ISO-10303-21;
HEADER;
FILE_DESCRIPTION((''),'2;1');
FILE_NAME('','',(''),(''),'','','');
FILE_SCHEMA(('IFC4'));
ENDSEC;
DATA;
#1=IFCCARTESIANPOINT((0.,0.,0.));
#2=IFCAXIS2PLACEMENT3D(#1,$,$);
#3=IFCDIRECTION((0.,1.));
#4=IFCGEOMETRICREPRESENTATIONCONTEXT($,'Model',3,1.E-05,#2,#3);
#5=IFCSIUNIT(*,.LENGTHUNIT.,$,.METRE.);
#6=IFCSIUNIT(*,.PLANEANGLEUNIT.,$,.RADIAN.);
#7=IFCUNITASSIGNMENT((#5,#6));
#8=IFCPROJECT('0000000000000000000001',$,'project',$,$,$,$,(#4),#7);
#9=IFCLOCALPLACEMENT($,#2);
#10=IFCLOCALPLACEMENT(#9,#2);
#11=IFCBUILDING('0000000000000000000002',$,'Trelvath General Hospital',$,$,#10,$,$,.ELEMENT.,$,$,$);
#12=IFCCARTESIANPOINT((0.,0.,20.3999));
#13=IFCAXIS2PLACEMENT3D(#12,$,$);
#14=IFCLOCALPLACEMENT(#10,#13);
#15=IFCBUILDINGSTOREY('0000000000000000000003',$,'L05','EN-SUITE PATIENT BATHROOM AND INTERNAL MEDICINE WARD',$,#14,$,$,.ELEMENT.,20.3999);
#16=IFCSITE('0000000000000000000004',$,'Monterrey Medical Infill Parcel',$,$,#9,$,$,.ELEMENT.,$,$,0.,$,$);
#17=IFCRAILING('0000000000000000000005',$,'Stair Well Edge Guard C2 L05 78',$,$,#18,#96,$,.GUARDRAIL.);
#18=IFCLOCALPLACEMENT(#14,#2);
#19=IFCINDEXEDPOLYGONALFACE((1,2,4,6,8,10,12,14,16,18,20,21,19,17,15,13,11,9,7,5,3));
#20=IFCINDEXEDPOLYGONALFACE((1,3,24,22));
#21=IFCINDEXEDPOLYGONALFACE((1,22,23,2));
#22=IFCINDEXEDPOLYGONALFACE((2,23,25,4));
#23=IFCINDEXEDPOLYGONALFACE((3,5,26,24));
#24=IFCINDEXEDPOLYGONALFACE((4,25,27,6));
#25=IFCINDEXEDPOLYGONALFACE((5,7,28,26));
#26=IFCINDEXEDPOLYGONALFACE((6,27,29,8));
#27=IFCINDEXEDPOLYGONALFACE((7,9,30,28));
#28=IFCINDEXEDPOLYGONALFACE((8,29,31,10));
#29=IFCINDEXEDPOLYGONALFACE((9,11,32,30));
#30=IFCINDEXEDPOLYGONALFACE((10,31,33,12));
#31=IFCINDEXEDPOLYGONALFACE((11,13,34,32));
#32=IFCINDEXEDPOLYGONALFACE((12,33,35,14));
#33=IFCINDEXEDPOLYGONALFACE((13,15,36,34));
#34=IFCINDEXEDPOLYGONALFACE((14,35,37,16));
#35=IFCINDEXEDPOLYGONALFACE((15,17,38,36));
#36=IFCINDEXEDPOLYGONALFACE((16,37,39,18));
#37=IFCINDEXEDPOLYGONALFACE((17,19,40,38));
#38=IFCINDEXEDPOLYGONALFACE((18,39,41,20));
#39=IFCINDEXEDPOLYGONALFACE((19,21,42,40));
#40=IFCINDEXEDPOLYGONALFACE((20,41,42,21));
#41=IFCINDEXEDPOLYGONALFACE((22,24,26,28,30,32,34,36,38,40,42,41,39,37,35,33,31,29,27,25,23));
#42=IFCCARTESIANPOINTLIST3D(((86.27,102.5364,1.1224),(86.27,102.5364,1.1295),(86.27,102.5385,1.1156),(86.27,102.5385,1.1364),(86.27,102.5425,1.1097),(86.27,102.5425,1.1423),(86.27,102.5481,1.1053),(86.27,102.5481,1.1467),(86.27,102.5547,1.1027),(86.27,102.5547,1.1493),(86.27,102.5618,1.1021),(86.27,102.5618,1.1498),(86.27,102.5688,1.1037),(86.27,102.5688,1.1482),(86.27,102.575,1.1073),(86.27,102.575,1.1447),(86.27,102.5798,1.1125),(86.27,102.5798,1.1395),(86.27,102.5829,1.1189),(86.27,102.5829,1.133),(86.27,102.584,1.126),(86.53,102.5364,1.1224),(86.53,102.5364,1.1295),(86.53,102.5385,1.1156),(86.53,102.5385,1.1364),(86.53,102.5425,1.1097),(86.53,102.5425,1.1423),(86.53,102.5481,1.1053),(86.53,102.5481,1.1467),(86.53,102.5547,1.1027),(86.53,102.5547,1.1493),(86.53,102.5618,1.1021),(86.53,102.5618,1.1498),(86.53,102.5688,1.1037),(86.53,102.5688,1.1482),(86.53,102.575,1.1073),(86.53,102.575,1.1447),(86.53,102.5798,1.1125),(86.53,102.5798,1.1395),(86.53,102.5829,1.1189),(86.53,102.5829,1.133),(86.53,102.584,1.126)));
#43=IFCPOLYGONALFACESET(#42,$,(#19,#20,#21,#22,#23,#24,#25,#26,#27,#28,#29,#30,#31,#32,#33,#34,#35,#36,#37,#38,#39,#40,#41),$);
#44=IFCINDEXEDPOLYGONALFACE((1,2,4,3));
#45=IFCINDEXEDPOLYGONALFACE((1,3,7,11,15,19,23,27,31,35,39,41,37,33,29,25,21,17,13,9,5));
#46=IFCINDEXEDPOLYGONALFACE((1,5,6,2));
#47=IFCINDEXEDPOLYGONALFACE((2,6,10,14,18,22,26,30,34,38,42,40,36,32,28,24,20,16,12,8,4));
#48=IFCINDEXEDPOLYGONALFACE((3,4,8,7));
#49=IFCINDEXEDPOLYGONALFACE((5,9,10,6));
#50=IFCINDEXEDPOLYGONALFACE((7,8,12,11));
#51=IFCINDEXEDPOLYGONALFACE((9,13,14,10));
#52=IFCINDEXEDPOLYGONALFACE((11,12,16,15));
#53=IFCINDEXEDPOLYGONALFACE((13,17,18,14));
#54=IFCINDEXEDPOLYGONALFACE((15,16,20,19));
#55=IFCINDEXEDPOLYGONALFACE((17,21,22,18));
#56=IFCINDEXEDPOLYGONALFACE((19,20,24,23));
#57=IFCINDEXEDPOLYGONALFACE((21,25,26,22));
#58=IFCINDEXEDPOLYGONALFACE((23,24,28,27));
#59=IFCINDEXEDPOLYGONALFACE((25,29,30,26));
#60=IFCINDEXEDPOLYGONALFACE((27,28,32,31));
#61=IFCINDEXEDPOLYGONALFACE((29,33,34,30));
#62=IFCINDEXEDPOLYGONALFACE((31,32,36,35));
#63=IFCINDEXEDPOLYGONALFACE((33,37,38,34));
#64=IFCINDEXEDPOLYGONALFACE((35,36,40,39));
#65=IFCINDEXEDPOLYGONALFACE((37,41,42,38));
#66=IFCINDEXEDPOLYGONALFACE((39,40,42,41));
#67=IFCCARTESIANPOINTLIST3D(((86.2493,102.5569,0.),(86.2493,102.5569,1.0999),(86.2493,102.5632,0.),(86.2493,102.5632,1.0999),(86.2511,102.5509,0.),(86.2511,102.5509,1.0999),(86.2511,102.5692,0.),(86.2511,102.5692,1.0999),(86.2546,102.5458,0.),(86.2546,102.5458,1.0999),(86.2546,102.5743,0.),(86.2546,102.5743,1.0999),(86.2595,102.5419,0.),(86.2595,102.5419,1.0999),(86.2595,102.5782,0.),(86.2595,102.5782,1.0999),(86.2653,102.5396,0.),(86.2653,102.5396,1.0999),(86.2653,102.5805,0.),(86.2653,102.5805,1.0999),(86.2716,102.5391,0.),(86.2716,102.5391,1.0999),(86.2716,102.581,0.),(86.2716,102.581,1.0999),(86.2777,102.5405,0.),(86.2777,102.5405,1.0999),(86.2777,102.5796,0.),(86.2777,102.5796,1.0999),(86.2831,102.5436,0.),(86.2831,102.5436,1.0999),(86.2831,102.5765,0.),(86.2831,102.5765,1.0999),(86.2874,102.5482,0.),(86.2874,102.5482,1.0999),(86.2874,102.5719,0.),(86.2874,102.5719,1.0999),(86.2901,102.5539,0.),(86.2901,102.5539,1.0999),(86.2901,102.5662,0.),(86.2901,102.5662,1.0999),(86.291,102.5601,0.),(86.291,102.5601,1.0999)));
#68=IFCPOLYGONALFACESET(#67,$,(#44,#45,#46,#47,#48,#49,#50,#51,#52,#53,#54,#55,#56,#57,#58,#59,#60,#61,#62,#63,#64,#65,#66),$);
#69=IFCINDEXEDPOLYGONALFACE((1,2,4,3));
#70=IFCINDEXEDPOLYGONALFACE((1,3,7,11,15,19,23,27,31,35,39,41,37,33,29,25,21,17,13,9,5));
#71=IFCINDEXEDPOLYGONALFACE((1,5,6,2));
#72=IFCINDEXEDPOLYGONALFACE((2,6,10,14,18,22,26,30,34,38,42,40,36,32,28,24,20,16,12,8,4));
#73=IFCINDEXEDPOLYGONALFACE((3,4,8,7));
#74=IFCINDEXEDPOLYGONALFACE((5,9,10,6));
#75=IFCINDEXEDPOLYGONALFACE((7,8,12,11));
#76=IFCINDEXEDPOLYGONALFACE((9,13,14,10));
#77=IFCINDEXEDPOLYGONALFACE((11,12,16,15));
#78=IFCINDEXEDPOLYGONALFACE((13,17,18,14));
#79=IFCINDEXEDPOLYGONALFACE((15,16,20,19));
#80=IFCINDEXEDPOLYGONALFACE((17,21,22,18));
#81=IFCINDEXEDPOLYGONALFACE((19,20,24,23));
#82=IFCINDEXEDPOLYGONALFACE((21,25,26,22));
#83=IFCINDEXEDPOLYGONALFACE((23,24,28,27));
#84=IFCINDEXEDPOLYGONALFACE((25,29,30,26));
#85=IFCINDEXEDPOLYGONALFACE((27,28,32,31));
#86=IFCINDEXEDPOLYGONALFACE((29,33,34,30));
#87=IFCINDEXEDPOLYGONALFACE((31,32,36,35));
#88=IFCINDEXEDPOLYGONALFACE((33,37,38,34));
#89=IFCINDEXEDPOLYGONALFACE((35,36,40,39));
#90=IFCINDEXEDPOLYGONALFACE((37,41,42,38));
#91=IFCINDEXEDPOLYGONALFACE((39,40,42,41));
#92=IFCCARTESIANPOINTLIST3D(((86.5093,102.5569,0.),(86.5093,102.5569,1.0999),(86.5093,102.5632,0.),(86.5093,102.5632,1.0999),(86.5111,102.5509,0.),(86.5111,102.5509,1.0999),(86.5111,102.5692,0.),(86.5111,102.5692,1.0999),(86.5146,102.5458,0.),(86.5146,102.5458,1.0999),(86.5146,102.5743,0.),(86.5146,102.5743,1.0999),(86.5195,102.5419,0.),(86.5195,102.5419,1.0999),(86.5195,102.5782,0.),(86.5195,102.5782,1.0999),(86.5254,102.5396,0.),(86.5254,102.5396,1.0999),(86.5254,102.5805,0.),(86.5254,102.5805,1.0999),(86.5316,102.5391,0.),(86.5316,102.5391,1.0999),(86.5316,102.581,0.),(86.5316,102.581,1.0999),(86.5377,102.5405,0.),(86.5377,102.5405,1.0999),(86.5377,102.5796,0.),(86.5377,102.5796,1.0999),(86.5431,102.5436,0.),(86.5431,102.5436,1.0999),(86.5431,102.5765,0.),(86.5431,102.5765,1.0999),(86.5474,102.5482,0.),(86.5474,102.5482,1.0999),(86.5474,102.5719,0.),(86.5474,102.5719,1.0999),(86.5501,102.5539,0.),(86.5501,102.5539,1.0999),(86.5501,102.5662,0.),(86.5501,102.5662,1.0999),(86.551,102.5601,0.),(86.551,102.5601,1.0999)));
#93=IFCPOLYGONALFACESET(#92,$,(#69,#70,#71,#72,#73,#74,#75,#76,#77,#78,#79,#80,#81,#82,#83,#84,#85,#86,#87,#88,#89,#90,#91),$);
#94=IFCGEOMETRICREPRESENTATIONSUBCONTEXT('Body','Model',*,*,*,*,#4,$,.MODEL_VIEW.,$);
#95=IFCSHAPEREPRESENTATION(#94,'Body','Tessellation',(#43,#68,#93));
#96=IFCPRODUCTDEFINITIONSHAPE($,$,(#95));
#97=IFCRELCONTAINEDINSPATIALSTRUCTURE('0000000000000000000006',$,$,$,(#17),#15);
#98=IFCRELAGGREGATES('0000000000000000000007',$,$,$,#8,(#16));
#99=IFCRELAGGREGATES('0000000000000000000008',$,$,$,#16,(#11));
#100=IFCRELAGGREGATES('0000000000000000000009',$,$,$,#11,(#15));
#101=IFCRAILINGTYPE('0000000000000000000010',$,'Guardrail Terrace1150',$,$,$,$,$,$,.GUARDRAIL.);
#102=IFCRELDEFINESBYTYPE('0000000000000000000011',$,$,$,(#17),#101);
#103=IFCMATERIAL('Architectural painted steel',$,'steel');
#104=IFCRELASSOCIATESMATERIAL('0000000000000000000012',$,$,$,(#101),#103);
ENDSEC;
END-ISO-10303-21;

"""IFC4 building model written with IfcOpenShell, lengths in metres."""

from ifc_helpers import new_model, si_unit, direction, frame, origin, origin_2d, place, context, subcontext, project, spatial, circle, extrude, material, type_object, element, save


model = new_model("IFC4")

# Units and contexts
model_context = context("Model", 3, precision=1e-05, world=origin(), true_north=direction((0.0, 1.0)))
body_context = subcontext(model_context, "Body", "Model", "MODEL_VIEW")
ifc_project = project(units=[si_unit("LENGTHUNIT", "METRE"), si_unit("PLANEANGLEUNIT", "RADIAN")], contexts=[model_context])

# Site, building, storey
site_placement = place(None, origin())
site = spatial("IfcSite", under=ifc_project, at=site_placement, Name="Monterrey Medical Infill Parcel", CompositionType="ELEMENT", RefElevation=0.0)
building_placement = place(site_placement, origin())
building = spatial("IfcBuilding", under=site, at=building_placement, Name="Trelvath General Hospital", CompositionType="ELEMENT")
storey_placement = place(building_placement, frame((0.0, 0.0, 20.3999)))
storey = spatial("IfcBuildingStorey", under=building, at=storey_placement, Name="L05", Description="EN-SUITE PATIENT BATHROOM AND INTERNAL MEDICINE WARD", CompositionType="ELEMENT", Elevation=20.3999)

# Railing
ifc_material_1 = material(Name="Architectural painted steel", Category="steel")
railing_type_1 = type_object("IfcRailingType", Name="Guardrail Terrace1150", PredefinedType="GUARDRAIL", material=ifc_material_1)
railing_1_placement = place(storey_placement, frame((86.27, 102.5601, 0.0)))
element("IfcRailing", 1, at=railing_1_placement, inside=storey, type_object=railing_type_1, Name="Stair Well Edge Guard C2 L05 78", PredefinedType="GUARDRAIL", context=body_context, shape_type="SweptSolid", body=[
    extrude(circle(Radius=0.0239, at=origin_2d()), frame((0.0, 0.0, 1.126), z_axis=(1.0, 0.0, 0.0), x_axis=(0.0, 1.0, 0.0)), (0.0, 0.0, 1.0), 0.26),
    extrude(circle(Radius=0.021, at=origin_2d()), origin(), (0.0, 0.0, 1.0), 1.0999),
    extrude(circle(Radius=0.021, at=origin_2d()), frame((0.26, 0.0, 0.0)), (0.0, 0.0, 1.0), 1.0999),
])

save(model, "model.ifc")
